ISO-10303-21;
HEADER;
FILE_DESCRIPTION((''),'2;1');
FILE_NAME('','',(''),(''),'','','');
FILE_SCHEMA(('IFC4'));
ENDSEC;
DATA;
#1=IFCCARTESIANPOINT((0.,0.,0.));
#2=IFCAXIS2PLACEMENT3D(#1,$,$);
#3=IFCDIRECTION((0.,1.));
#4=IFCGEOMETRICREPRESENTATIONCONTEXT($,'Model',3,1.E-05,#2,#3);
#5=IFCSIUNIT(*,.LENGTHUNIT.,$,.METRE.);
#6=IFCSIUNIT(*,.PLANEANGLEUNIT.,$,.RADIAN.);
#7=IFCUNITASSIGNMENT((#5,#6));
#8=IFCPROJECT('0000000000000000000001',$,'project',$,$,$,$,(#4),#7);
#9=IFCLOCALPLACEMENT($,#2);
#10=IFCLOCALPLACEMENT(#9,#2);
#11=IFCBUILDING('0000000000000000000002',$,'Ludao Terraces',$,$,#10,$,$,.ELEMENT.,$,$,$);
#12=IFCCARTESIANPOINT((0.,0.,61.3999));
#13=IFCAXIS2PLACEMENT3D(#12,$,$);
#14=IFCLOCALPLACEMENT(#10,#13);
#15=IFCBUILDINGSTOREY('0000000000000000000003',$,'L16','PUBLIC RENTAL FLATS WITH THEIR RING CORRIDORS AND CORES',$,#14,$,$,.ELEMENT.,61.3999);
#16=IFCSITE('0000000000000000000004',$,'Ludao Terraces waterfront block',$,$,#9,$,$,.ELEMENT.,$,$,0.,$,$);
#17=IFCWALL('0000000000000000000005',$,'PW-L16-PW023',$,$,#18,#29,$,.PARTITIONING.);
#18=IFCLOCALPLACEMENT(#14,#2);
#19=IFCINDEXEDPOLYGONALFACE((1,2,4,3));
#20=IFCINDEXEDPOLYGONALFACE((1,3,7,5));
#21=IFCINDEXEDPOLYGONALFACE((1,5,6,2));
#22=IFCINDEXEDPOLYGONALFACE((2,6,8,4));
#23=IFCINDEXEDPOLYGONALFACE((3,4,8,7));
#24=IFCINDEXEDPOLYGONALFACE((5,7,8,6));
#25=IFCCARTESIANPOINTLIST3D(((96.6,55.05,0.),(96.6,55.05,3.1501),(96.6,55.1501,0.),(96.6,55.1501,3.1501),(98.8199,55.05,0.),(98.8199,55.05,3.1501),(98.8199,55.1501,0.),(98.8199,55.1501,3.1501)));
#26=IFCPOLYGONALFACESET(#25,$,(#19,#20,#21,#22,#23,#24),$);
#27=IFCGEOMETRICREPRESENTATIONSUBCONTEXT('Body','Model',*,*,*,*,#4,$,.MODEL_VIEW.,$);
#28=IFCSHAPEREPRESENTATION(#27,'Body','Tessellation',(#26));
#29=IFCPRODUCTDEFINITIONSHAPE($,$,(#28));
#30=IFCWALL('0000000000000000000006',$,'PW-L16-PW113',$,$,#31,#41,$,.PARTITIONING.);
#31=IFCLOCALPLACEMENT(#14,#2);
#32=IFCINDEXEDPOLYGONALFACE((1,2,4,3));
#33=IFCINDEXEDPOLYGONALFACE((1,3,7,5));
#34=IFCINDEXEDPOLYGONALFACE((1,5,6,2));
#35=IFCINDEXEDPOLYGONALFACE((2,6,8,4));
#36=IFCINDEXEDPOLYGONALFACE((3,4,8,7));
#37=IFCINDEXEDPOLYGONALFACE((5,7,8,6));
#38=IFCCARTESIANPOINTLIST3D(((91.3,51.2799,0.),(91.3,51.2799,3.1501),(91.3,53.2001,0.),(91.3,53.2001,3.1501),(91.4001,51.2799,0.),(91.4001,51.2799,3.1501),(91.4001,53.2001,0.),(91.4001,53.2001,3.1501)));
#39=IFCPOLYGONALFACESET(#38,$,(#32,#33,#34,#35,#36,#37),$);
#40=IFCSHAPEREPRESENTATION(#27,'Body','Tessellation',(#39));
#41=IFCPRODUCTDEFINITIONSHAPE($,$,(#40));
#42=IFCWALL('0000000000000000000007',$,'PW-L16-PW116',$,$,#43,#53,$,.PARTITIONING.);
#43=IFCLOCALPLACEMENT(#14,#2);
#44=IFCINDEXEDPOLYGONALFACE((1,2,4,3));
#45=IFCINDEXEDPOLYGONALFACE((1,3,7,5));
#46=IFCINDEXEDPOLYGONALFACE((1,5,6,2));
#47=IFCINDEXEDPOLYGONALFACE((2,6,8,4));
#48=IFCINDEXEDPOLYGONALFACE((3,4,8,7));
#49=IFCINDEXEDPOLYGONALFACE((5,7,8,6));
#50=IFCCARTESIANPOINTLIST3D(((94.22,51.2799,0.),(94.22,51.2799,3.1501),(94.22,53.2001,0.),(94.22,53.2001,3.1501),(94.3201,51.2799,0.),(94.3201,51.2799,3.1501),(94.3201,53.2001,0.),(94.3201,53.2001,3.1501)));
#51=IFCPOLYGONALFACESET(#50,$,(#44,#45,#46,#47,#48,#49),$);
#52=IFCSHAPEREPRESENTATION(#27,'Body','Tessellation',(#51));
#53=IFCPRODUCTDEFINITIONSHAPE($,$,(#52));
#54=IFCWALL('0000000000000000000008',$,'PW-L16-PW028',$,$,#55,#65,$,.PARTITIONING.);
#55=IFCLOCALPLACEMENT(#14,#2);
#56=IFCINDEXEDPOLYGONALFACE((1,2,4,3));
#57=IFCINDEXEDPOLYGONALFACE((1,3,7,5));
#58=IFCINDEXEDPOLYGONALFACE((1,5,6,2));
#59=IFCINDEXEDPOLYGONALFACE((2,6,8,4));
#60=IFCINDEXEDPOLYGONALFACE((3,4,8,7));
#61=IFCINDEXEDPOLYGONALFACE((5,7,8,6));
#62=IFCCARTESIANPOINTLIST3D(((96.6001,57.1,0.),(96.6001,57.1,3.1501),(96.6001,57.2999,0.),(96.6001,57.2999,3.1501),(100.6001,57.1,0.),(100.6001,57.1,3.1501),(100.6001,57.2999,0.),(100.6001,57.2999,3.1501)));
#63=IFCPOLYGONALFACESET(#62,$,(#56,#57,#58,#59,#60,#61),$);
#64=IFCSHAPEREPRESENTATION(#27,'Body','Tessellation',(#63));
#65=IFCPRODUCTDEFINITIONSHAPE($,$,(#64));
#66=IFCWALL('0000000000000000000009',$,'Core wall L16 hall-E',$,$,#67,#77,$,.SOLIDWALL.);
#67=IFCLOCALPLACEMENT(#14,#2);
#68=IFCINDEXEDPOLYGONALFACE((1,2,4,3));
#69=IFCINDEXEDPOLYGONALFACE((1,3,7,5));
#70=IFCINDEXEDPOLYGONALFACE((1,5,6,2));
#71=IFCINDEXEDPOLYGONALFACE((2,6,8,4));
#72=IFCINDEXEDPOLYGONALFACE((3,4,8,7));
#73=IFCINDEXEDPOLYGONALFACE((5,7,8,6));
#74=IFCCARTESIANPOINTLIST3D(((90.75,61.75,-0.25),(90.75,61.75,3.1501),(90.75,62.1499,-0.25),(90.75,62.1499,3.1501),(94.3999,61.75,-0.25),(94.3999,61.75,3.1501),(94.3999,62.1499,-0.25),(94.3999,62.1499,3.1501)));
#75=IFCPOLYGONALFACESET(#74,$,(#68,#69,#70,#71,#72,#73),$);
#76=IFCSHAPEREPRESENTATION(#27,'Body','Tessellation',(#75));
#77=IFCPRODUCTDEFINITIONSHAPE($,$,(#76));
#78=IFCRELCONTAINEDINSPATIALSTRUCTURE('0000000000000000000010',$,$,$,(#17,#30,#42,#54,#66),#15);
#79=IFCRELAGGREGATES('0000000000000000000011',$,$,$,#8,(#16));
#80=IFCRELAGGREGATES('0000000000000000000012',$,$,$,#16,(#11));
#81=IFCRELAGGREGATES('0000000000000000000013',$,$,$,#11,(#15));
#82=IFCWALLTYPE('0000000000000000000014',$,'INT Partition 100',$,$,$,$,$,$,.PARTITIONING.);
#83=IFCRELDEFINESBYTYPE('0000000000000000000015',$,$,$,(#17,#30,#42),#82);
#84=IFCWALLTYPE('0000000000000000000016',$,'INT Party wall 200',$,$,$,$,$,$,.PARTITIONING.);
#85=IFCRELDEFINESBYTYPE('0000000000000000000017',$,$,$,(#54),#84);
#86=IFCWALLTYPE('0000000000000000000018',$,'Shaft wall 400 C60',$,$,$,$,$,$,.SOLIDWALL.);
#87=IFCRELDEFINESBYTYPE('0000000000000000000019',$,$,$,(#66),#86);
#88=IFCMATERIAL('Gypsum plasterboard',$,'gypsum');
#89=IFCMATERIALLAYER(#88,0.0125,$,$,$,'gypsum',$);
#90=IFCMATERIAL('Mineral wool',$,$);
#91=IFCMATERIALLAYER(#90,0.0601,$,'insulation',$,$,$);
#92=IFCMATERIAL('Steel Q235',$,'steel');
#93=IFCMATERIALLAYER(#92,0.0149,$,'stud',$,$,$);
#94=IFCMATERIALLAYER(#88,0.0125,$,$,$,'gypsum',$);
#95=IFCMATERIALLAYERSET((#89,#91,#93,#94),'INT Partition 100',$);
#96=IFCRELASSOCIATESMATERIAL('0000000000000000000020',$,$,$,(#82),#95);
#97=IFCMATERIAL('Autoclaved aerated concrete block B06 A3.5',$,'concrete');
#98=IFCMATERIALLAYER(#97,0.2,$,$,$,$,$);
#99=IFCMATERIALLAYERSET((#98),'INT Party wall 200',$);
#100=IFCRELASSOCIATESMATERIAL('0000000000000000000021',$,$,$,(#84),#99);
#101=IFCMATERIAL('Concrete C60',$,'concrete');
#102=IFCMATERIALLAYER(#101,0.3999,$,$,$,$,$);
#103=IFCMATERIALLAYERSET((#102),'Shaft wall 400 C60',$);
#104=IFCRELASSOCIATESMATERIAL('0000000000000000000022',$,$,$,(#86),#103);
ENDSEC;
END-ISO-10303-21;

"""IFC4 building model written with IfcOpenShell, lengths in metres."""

from ifc_helpers import new_model, si_unit, direction, frame, frame_2d, origin, place, context, subcontext, project, spatial, rectangle, extrude, material, layer, layer_set, type_object, element, save


model = new_model("IFC4")

# Units and contexts
model_context = context("Model", 3, precision=1e-05, world=origin(), true_north=direction((0.0, 1.0)))
body_context = subcontext(model_context, "Body", "Model", "MODEL_VIEW")
ifc_project = project(units=[si_unit("LENGTHUNIT", "METRE"), si_unit("PLANEANGLEUNIT", "RADIAN")], contexts=[model_context])

# Site, building, storey
site_placement = place(None, origin())
site = spatial("IfcSite", under=ifc_project, at=site_placement, Name="Ludao Terraces waterfront block", CompositionType="ELEMENT", RefElevation=0.0)
building_placement = place(site_placement, origin())
building = spatial("IfcBuilding", under=site, at=building_placement, Name="Ludao Terraces", CompositionType="ELEMENT")
storey_placement = place(building_placement, frame((0.0, 0.0, 61.3999)))
storey = spatial("IfcBuildingStorey", under=building, at=storey_placement, Name="L16", Description="PUBLIC RENTAL FLATS WITH THEIR RING CORRIDORS AND CORES", CompositionType="ELEMENT", Elevation=61.3999)

# Shared definitions
ifc_material_1 = material(Name="Steel Q235", Category="steel")

# Walls
ifc_material_2 = material(Name="Gypsum plasterboard", Category="gypsum")
ifc_layer_1 = layer(ifc_material_2, 0.0125, Category="gypsum")
ifc_material_3 = material(Name="Mineral wool")
ifc_layer_2 = layer(ifc_material_3, 0.0601, Name="insulation")
ifc_layer_3 = layer(ifc_material_1, 0.0149, Name="stud")
ifc_layer_4 = layer(ifc_material_2, 0.0125, Category="gypsum")
ifc_layer_set_1 = layer_set([ifc_layer_1, ifc_layer_2, ifc_layer_3, ifc_layer_4], Name="INT Partition 100")
wall_type_1 = type_object("IfcWallType", Name="INT Partition 100", PredefinedType="PARTITIONING", material=ifc_layer_set_1)
for number, where, z_axis, x_axis, name in (
    (1, (96.6001, 55.1001, 0.0), (0.0, 0.0, 1.0), (1.0, 0.0, 0.0), "PW-L16-PW023"),
):
    element("IfcWall", number, at=place(storey_placement, frame(where, z_axis=z_axis, x_axis=x_axis)), inside=storey, type_object=wall_type_1, Name=name, PredefinedType="PARTITIONING", context=body_context, shape_type="SweptSolid", body=[
        extrude(rectangle(XDim=2.22, YDim=0.1001, at=frame_2d((1.1099, 0.0))), origin(), (0.0, 0.0, 1.0), 3.1501),
    ])
for number, where, z_axis, x_axis, name in (
    (2, (91.3501, 51.28, 0.0), (0.0, 0.0, 1.0), (0.0, 1.0, 0.0), "PW-L16-PW113"),
    (3, (94.27, 51.28, 0.0), (0.0, 0.0, 1.0), (0.0, 1.0, 0.0), "PW-L16-PW116"),
):
    element("IfcWall", number, at=place(storey_placement, frame(where, z_axis=z_axis, x_axis=x_axis)), inside=storey, type_object=wall_type_1, Name=name, PredefinedType="PARTITIONING", context=body_context, shape_type="SweptSolid", body=[
        extrude(rectangle(XDim=1.9202, YDim=0.1001, at=frame_2d((0.96, 0.0))), origin(), (0.0, 0.0, 1.0), 3.1501),
    ])
ifc_material_4 = material(Name="Autoclaved aerated concrete block B06 A3.5", Category="concrete")
ifc_layer_5 = layer(ifc_material_4, 0.2)
ifc_layer_set_2 = layer_set([ifc_layer_5], Name="INT Party wall 200")
wall_type_2 = type_object("IfcWallType", Name="INT Party wall 200", PredefinedType="PARTITIONING", material=ifc_layer_set_2)
wall_1_placement = place(storey_placement, frame((96.6001, 57.2, 0.0), z_axis=(0.0, 0.0, 1.0), x_axis=(1.0, 0.0, 0.0)))
element("IfcWall", 4, at=wall_1_placement, inside=storey, type_object=wall_type_2, Name="PW-L16-PW028", PredefinedType="PARTITIONING", context=body_context, shape_type="SweptSolid", body=[
    extrude(rectangle(XDim=4.0, YDim=0.2, at=frame_2d((2.0, 0.0))), origin(), (0.0, 0.0, 1.0), 3.1501),
])
ifc_material_5 = material(Name="Concrete C60", Category="concrete")
ifc_layer_6 = layer(ifc_material_5, 0.3999)
ifc_layer_set_3 = layer_set([ifc_layer_6], Name="Shaft wall 400 C60")
wall_type_3 = type_object("IfcWallType", Name="Shaft wall 400 C60", PredefinedType="SOLIDWALL", material=ifc_layer_set_3)
wall_2_placement = place(storey_placement, frame((90.75, 61.95, -0.25), z_axis=(0.0, 0.0, 1.0), x_axis=(1.0, 0.0, 0.0)))
element("IfcWall", 5, at=wall_2_placement, inside=storey, type_object=wall_type_3, Name="Core wall L16 hall-E", PredefinedType="SOLIDWALL", context=body_context, shape_type="SweptSolid", body=[
    extrude(rectangle(XDim=3.6499, YDim=0.3999, at=frame_2d((1.825, 0.0))), origin(), (0.0, 0.0, 1.0), 3.4001),
])

save(model, "model.ifc")
